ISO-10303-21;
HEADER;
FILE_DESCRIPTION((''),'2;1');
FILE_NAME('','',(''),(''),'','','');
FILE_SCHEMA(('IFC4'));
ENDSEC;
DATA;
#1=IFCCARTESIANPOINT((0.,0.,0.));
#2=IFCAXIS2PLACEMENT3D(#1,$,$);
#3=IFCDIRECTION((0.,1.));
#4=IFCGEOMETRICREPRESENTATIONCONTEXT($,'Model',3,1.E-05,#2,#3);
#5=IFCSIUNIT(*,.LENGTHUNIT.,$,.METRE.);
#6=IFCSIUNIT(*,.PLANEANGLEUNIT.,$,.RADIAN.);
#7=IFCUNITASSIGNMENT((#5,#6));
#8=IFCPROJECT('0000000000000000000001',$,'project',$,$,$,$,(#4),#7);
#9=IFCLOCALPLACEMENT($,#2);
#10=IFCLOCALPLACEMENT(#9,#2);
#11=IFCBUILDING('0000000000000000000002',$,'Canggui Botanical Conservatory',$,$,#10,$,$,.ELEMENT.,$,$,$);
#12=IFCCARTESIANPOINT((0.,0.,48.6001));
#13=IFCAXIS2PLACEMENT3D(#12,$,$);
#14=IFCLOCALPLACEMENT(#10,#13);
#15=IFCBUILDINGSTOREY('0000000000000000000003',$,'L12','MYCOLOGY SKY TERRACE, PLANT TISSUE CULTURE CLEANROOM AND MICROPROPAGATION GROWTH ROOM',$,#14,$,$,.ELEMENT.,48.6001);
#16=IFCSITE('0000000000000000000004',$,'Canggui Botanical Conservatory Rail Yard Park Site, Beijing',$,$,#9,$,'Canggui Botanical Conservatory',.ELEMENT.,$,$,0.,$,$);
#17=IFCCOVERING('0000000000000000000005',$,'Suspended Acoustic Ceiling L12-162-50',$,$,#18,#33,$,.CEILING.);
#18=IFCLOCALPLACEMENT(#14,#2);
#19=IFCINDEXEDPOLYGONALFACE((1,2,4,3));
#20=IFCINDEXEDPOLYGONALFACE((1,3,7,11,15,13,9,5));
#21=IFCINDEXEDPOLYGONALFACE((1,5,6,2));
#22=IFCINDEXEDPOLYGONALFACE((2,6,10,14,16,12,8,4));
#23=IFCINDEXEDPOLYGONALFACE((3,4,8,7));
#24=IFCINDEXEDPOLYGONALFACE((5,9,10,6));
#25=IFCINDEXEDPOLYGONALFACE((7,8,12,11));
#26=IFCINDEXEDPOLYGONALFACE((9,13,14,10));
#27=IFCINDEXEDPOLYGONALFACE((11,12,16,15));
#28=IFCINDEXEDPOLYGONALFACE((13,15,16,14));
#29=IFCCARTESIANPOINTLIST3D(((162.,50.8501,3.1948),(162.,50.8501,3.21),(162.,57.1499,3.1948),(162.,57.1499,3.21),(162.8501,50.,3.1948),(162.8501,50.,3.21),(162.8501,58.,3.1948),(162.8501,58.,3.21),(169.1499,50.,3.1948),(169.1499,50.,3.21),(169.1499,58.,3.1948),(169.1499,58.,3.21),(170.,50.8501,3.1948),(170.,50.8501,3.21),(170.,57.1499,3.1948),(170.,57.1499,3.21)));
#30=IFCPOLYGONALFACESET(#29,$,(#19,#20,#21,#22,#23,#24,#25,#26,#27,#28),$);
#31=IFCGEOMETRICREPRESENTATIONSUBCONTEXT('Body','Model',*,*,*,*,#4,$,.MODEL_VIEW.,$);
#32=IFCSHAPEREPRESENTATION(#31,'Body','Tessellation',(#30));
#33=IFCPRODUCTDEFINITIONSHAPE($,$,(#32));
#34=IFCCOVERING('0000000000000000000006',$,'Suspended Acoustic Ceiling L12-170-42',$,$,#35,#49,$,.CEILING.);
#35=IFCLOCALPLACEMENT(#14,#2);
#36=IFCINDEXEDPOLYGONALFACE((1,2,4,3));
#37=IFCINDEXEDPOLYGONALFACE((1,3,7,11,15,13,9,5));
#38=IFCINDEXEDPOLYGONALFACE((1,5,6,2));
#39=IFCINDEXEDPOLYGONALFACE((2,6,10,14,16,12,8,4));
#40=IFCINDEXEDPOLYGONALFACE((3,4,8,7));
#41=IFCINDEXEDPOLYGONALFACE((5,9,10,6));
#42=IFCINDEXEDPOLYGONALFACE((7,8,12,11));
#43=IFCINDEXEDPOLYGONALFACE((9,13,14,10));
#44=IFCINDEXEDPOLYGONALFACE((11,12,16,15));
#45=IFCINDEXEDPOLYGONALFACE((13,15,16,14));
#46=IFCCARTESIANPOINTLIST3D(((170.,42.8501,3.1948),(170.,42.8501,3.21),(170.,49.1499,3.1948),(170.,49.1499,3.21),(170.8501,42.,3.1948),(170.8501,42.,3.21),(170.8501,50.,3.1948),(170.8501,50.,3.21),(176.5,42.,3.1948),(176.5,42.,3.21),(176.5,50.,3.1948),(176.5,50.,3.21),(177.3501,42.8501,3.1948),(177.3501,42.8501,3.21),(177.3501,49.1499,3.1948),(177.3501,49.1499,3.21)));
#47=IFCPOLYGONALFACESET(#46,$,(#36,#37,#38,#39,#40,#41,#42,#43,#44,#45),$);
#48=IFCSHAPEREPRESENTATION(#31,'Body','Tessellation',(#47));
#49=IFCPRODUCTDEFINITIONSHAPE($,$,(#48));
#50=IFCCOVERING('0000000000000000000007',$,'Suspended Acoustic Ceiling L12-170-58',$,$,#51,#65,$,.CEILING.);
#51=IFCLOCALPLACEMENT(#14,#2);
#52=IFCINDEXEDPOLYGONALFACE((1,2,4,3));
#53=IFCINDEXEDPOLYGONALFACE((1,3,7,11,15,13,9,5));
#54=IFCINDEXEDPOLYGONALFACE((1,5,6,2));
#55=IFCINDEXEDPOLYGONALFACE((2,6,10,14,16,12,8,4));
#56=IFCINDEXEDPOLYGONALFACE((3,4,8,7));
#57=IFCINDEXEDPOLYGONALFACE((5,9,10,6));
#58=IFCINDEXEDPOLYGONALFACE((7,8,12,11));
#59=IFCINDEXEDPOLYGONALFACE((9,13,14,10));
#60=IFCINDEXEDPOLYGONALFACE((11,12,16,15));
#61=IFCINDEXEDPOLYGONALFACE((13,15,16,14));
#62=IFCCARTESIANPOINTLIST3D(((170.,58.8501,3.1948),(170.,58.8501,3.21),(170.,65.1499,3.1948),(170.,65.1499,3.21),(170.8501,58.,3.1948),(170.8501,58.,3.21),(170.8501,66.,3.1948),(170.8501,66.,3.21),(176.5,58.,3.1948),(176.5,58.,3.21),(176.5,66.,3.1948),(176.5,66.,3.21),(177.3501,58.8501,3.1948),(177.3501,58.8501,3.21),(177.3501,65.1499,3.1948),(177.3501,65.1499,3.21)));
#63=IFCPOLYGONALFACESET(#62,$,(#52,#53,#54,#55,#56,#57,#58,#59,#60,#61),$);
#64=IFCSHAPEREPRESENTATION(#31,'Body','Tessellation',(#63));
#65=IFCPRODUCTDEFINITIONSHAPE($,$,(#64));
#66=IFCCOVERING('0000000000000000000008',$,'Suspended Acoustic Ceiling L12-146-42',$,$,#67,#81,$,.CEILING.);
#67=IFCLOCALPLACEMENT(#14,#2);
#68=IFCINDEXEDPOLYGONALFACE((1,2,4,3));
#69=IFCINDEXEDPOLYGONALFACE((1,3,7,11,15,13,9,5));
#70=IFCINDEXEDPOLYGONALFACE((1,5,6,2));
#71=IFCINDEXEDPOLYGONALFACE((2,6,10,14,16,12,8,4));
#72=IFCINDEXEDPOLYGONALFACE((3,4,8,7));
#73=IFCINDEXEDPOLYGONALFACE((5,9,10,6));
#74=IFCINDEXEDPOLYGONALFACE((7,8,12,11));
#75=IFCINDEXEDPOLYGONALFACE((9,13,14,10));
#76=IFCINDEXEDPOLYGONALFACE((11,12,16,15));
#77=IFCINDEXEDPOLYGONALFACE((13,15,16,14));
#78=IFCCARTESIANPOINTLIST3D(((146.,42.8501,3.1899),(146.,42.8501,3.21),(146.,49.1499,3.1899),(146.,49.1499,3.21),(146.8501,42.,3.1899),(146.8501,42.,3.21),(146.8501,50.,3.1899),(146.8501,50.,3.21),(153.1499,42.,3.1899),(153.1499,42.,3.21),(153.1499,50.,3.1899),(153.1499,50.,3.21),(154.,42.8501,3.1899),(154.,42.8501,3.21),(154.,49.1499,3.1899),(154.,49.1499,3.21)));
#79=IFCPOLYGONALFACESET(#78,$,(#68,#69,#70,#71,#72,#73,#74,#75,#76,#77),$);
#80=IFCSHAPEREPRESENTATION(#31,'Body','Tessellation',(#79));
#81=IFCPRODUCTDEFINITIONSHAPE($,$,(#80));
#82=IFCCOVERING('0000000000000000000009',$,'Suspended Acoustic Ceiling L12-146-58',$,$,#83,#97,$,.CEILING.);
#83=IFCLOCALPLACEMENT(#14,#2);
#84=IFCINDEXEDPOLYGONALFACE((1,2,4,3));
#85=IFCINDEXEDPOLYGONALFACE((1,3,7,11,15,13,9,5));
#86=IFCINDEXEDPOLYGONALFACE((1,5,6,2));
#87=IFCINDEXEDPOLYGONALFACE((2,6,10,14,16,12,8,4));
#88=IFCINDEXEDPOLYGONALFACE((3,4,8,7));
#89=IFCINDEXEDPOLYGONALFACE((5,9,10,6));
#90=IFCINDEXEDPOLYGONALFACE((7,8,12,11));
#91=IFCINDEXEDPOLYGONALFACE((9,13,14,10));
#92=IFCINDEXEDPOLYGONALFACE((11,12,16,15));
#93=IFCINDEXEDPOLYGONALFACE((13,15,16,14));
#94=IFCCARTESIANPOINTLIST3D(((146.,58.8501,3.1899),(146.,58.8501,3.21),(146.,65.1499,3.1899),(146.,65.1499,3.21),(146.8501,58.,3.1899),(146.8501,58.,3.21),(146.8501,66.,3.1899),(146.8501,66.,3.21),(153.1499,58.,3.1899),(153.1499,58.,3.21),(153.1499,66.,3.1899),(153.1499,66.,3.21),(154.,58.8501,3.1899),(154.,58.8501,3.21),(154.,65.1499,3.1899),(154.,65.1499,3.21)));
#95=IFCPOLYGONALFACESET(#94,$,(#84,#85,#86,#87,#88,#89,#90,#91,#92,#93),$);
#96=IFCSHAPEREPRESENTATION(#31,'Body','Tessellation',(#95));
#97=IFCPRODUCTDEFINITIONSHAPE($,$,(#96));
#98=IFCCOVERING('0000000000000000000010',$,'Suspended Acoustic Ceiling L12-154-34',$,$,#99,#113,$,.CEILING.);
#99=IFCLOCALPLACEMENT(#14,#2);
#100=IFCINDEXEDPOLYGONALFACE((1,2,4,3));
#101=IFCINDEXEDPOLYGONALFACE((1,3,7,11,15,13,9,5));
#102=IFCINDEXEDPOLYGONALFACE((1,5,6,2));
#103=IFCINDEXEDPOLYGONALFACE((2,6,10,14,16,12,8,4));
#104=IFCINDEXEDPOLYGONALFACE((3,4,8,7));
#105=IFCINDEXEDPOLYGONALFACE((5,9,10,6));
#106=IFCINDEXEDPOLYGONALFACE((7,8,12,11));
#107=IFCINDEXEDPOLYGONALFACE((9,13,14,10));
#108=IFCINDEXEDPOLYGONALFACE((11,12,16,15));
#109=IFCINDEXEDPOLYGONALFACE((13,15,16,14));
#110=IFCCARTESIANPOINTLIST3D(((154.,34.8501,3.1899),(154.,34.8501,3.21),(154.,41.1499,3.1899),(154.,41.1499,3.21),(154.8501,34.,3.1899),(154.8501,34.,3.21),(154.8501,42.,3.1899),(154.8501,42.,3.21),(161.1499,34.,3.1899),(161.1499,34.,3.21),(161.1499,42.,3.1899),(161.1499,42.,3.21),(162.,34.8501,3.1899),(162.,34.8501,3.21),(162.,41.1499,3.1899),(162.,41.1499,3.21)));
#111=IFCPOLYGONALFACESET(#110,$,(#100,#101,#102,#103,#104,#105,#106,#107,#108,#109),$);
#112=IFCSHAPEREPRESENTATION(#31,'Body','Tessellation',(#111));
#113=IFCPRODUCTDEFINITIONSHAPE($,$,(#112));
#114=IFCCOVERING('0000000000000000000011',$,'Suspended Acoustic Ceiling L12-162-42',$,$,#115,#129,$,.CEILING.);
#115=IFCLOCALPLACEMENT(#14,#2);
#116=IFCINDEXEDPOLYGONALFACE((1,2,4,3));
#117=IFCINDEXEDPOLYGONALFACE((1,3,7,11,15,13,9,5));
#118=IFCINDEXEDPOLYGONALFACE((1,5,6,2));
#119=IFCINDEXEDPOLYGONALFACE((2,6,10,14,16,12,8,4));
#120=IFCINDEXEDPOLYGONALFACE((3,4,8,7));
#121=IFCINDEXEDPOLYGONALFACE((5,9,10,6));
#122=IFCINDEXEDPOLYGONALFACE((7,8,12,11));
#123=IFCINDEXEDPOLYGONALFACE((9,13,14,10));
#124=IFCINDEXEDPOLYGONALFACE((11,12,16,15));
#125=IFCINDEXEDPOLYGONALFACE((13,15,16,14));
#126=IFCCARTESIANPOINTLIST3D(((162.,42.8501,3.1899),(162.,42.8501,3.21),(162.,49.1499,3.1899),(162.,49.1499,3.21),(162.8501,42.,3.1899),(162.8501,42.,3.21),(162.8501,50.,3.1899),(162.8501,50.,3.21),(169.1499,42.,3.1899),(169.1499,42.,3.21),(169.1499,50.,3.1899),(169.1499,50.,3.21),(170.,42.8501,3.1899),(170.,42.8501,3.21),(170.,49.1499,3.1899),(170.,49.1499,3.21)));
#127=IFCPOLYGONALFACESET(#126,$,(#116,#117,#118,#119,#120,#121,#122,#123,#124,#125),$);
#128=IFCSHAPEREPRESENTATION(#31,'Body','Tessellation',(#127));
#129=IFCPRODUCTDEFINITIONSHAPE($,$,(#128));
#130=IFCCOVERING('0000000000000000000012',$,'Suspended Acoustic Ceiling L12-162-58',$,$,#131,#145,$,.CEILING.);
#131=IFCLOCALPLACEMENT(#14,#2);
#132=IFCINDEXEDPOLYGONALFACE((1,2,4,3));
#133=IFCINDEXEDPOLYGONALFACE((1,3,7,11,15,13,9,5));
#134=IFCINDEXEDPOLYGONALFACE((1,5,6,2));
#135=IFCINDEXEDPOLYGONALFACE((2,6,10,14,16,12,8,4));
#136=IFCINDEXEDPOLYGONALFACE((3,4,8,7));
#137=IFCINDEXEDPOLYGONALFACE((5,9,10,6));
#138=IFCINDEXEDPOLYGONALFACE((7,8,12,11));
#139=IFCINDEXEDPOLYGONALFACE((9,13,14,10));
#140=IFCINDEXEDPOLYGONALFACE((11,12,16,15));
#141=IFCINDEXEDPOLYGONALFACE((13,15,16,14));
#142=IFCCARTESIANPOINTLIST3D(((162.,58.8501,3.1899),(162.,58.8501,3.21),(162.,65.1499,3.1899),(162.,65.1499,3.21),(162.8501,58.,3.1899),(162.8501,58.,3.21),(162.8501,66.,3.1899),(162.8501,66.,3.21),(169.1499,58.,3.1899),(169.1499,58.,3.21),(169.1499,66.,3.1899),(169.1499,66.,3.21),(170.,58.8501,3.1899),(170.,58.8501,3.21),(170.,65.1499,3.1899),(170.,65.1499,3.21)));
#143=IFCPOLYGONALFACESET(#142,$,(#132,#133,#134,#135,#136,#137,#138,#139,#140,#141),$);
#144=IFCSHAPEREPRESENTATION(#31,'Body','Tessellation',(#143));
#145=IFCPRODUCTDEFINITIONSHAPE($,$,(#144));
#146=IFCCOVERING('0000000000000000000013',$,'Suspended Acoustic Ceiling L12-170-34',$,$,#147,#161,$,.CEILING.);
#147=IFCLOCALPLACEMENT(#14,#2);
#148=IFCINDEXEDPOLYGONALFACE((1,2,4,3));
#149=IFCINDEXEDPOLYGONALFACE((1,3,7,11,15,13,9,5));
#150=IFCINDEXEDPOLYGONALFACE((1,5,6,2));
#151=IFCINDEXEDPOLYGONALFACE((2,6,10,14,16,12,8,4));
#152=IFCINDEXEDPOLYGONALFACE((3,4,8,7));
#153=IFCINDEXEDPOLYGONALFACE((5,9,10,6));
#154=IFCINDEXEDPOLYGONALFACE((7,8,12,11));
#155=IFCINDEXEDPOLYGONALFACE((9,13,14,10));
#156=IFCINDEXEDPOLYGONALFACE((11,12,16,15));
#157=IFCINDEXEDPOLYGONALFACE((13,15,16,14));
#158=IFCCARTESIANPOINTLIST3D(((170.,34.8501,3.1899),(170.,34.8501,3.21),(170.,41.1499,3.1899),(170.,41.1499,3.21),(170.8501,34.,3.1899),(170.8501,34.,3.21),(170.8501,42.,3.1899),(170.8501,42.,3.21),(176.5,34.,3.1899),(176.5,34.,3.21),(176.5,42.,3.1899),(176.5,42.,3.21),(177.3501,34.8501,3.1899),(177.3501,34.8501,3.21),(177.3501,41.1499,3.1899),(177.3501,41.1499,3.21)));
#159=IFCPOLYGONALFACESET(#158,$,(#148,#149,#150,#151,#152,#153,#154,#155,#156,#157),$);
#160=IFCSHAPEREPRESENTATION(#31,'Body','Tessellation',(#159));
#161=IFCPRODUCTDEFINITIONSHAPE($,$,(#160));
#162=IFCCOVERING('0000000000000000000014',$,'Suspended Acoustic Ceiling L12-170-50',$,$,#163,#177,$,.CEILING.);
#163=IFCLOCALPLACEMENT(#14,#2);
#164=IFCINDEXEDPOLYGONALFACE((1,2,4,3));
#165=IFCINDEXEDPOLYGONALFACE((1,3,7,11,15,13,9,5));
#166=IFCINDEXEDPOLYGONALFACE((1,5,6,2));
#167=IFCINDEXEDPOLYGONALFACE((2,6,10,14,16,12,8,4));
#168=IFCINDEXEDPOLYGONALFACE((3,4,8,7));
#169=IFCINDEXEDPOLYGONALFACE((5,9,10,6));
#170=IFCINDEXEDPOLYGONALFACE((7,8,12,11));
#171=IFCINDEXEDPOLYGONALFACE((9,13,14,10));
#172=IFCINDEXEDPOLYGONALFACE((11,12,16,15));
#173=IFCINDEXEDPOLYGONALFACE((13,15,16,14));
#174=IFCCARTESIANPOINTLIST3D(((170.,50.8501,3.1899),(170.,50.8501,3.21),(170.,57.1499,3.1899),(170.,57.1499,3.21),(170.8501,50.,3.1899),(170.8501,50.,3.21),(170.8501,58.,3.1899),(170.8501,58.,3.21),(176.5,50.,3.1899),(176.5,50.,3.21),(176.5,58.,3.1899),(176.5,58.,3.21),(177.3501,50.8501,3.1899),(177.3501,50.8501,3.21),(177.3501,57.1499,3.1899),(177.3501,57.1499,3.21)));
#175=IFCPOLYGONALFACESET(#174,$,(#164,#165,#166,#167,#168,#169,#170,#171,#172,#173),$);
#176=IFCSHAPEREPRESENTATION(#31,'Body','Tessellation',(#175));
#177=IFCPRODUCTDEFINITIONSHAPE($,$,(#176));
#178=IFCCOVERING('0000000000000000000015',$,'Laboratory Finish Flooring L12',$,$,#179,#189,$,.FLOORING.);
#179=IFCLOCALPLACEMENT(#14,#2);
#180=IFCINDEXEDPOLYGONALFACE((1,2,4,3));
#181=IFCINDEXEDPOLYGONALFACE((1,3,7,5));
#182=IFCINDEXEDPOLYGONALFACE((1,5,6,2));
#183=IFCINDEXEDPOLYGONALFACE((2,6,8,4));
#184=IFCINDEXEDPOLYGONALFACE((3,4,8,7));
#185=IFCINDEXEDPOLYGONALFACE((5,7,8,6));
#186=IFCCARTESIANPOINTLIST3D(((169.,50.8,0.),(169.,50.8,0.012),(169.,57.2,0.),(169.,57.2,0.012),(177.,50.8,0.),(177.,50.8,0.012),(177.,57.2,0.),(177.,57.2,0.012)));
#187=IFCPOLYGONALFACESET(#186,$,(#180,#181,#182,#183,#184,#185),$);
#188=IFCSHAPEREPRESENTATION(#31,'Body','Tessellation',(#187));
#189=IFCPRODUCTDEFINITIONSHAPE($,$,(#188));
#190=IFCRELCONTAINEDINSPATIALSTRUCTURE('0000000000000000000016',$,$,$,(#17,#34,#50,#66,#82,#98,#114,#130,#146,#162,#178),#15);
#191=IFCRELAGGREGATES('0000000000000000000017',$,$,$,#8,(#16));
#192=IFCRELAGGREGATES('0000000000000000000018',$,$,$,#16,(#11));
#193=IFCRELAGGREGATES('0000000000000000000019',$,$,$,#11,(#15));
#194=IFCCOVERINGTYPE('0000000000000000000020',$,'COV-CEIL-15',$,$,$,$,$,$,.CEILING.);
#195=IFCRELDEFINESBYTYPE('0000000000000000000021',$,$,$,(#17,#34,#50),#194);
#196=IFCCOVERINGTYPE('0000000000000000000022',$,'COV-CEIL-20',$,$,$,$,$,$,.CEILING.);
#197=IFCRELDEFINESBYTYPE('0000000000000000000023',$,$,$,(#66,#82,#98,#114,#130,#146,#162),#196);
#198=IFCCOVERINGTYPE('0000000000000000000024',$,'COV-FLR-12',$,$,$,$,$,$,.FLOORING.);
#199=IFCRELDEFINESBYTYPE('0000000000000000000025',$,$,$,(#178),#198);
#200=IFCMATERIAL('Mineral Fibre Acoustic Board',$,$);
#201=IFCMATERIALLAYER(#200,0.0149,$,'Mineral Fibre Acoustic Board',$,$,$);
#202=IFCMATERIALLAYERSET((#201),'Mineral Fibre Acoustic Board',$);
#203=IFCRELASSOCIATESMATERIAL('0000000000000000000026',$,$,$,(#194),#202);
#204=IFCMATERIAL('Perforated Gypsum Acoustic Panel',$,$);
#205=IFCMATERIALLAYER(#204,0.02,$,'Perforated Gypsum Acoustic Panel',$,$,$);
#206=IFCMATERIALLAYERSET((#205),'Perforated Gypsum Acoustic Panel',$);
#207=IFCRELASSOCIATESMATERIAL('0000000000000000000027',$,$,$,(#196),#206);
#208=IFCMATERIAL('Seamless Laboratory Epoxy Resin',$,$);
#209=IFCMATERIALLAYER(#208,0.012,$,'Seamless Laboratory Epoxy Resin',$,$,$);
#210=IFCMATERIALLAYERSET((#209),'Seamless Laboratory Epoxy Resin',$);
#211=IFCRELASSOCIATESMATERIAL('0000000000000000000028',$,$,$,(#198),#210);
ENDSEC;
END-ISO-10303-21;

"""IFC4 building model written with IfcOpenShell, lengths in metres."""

from ifc_helpers import new_model, si_unit, direction, frame, origin, place, context, subcontext, project, spatial, polyline, outline, extrude, material, layer, layer_set, type_object, element, save


model = new_model("IFC4")

# Units and contexts
model_context = context("Model", 3, precision=1e-05, world=origin(), true_north=direction((0.0, 1.0)))
body_context = subcontext(model_context, "Body", "Model", "MODEL_VIEW")
ifc_project = project(units=[si_unit("LENGTHUNIT", "METRE"), si_unit("PLANEANGLEUNIT", "RADIAN")], contexts=[model_context])

# Site, building, storey
site_placement = place(None, origin())
site = spatial("IfcSite", under=ifc_project, at=site_placement, Name="Canggui Botanical Conservatory Rail Yard Park Site, Beijing", LongName="Canggui Botanical Conservatory", CompositionType="ELEMENT", RefElevation=0.0)
building_placement = place(site_placement, origin())
building = spatial("IfcBuilding", under=site, at=building_placement, Name="Canggui Botanical Conservatory", CompositionType="ELEMENT")
storey_placement = place(building_placement, frame((0.0, 0.0, 48.6001)))
storey = spatial("IfcBuildingStorey", under=building, at=storey_placement, Name="L12", Description="MYCOLOGY SKY TERRACE, PLANT TISSUE CULTURE CLEANROOM AND MICROPROPAGATION GROWTH ROOM", CompositionType="ELEMENT", Elevation=48.6001)

# Coverings
ifc_material_1 = material(Name="Mineral Fibre Acoustic Board")
ifc_layer_1 = layer(ifc_material_1, 0.0149, Name="Mineral Fibre Acoustic Board")
ifc_layer_set_1 = layer_set([ifc_layer_1], Name="Mineral Fibre Acoustic Board")
covering_type_1 = type_object("IfcCoveringType", Name="COV-CEIL-15", PredefinedType="CEILING", material=ifc_layer_set_1)
covering_1_placement = place(storey_placement, frame((0.0, 0.0, 3.1948)))
element("IfcCovering", 1, at=covering_1_placement, inside=storey, type_object=covering_type_1, Name="Suspended Acoustic Ceiling L12-162-50", PredefinedType="CEILING", context=body_context, shape_type="SweptSolid", body=[
    extrude(outline(polyline([(162.8501, 50.0), (169.1499, 50.0), (170.0, 50.8501), (170.0, 57.1499), (169.1499, 58.0), (162.8501, 58.0), (162.0, 57.1499), (162.0, 50.8501), (162.8501, 50.0)])), origin(), (0.0, 0.0, 1.0), 0.0151),
])
covering_2_placement = place(storey_placement, frame((0.0, 0.0, 3.1948)))
element("IfcCovering", 2, at=covering_2_placement, inside=storey, type_object=covering_type_1, Name="Suspended Acoustic Ceiling L12-170-42", PredefinedType="CEILING", context=body_context, shape_type="SweptSolid", body=[
    extrude(outline(polyline([(170.8501, 42.0), (176.5, 42.0), (177.3501, 42.8501), (177.3501, 49.1499), (176.5, 50.0), (170.8501, 50.0), (170.0, 49.1499), (170.0, 42.8501), (170.8501, 42.0)])), origin(), (0.0, 0.0, 1.0), 0.0151),
])
covering_3_placement = place(storey_placement, frame((0.0, 0.0, 3.1948)))
element("IfcCovering", 3, at=covering_3_placement, inside=storey, type_object=covering_type_1, Name="Suspended Acoustic Ceiling L12-170-58", PredefinedType="CEILING", context=body_context, shape_type="SweptSolid", body=[
    extrude(outline(polyline([(170.8501, 58.0), (176.5, 58.0), (177.3501, 58.8501), (177.3501, 65.1499), (176.5, 66.0), (170.8501, 66.0), (170.0, 65.1499), (170.0, 58.8501), (170.8501, 58.0)])), origin(), (0.0, 0.0, 1.0), 0.0151),
])
ifc_material_2 = material(Name="Perforated Gypsum Acoustic Panel")
ifc_layer_2 = layer(ifc_material_2, 0.02, Name="Perforated Gypsum Acoustic Panel")
ifc_layer_set_2 = layer_set([ifc_layer_2], Name="Perforated Gypsum Acoustic Panel")
covering_type_2 = type_object("IfcCoveringType", Name="COV-CEIL-20", PredefinedType="CEILING", material=ifc_layer_set_2)
covering_4_placement = place(storey_placement, frame((0.0, 0.0, 3.1899)))
element("IfcCovering", 4, at=covering_4_placement, inside=storey, type_object=covering_type_2, Name="Suspended Acoustic Ceiling L12-146-42", PredefinedType="CEILING", context=body_context, shape_type="SweptSolid", body=[
    extrude(outline(polyline([(146.8501, 42.0), (153.1499, 42.0), (154.0, 42.8501), (154.0, 49.1499), (153.1499, 50.0), (146.8501, 50.0), (146.0, 49.1499), (146.0, 42.8501), (146.8501, 42.0)])), origin(), (0.0, 0.0, 1.0), 0.02),
])
covering_5_placement = place(storey_placement, frame((0.0, 0.0, 3.1899)))
element("IfcCovering", 5, at=covering_5_placement, inside=storey, type_object=covering_type_2, Name="Suspended Acoustic Ceiling L12-146-58", PredefinedType="CEILING", context=body_context, shape_type="SweptSolid", body=[
    extrude(outline(polyline([(146.8501, 58.0), (153.1499, 58.0), (154.0, 58.8501), (154.0, 65.1499), (153.1499, 66.0), (146.8501, 66.0), (146.0, 65.1499), (146.0, 58.8501), (146.8501, 58.0)])), origin(), (0.0, 0.0, 1.0), 0.02),
])
covering_6_placement = place(storey_placement, frame((0.0, 0.0, 3.1899)))
element("IfcCovering", 6, at=covering_6_placement, inside=storey, type_object=covering_type_2, Name="Suspended Acoustic Ceiling L12-154-34", PredefinedType="CEILING", context=body_context, shape_type="SweptSolid", body=[
    extrude(outline(polyline([(154.8501, 34.0), (161.1499, 34.0), (162.0, 34.8501), (162.0, 41.1499), (161.1499, 42.0), (154.8501, 42.0), (154.0, 41.1499), (154.0, 34.8501), (154.8501, 34.0)])), origin(), (0.0, 0.0, 1.0), 0.02),
])
covering_7_placement = place(storey_placement, frame((0.0, 0.0, 3.1899)))
element("IfcCovering", 7, at=covering_7_placement, inside=storey, type_object=covering_type_2, Name="Suspended Acoustic Ceiling L12-162-42", PredefinedType="CEILING", context=body_context, shape_type="SweptSolid", body=[
    extrude(outline(polyline([(162.8501, 42.0), (169.1499, 42.0), (170.0, 42.8501), (170.0, 49.1499), (169.1499, 50.0), (162.8501, 50.0), (162.0, 49.1499), (162.0, 42.8501), (162.8501, 42.0)])), origin(), (0.0, 0.0, 1.0), 0.02),
])
covering_8_placement = place(storey_placement, frame((0.0, 0.0, 3.1899)))
element("IfcCovering", 8, at=covering_8_placement, inside=storey, type_object=covering_type_2, Name="Suspended Acoustic Ceiling L12-162-58", PredefinedType="CEILING", context=body_context, shape_type="SweptSolid", body=[
    extrude(outline(polyline([(162.8501, 58.0), (169.1499, 58.0), (170.0, 58.8501), (170.0, 65.1499), (169.1499, 66.0), (162.8501, 66.0), (162.0, 65.1499), (162.0, 58.8501), (162.8501, 58.0)])), origin(), (0.0, 0.0, 1.0), 0.02),
])
covering_9_placement = place(storey_placement, frame((0.0, 0.0, 3.1899)))
element("IfcCovering", 9, at=covering_9_placement, inside=storey, type_object=covering_type_2, Name="Suspended Acoustic Ceiling L12-170-34", PredefinedType="CEILING", context=body_context, shape_type="SweptSolid", body=[
    extrude(outline(polyline([(170.8501, 34.0), (176.5, 34.0), (177.3501, 34.8501), (177.3501, 41.1499), (176.5, 42.0), (170.8501, 42.0), (170.0, 41.1499), (170.0, 34.8501), (170.8501, 34.0)])), origin(), (0.0, 0.0, 1.0), 0.02),
])
covering_10_placement = place(storey_placement, frame((0.0, 0.0, 3.1899)))
element("IfcCovering", 10, at=covering_10_placement, inside=storey, type_object=covering_type_2, Name="Suspended Acoustic Ceiling L12-170-50", PredefinedType="CEILING", context=body_context, shape_type="SweptSolid", body=[
    extrude(outline(polyline([(170.8501, 50.0), (176.5, 50.0), (177.3501, 50.8501), (177.3501, 57.1499), (176.5, 58.0), (170.8501, 58.0), (170.0, 57.1499), (170.0, 50.8501), (170.8501, 50.0)])), origin(), (0.0, 0.0, 1.0), 0.02),
])
ifc_material_3 = material(Name="Seamless Laboratory Epoxy Resin")
ifc_layer_3 = layer(ifc_material_3, 0.012, Name="Seamless Laboratory Epoxy Resin")
ifc_layer_set_3 = layer_set([ifc_layer_3], Name="Seamless Laboratory Epoxy Resin")
covering_type_3 = type_object("IfcCoveringType", Name="COV-FLR-12", PredefinedType="FLOORING", material=ifc_layer_set_3)
covering_11_placement = place(storey_placement, origin())
element("IfcCovering", 11, at=covering_11_placement, inside=storey, type_object=covering_type_3, Name="Laboratory Finish Flooring L12", PredefinedType="FLOORING", context=body_context, shape_type="SweptSolid", body=[
    extrude(outline(polyline([(169.0, 50.8), (177.0, 50.8), (177.0, 57.2), (169.0, 57.2), (169.0, 50.8)])), origin(), (0.0, 0.0, 1.0), 0.012),
])

save(model, "model.ifc")
